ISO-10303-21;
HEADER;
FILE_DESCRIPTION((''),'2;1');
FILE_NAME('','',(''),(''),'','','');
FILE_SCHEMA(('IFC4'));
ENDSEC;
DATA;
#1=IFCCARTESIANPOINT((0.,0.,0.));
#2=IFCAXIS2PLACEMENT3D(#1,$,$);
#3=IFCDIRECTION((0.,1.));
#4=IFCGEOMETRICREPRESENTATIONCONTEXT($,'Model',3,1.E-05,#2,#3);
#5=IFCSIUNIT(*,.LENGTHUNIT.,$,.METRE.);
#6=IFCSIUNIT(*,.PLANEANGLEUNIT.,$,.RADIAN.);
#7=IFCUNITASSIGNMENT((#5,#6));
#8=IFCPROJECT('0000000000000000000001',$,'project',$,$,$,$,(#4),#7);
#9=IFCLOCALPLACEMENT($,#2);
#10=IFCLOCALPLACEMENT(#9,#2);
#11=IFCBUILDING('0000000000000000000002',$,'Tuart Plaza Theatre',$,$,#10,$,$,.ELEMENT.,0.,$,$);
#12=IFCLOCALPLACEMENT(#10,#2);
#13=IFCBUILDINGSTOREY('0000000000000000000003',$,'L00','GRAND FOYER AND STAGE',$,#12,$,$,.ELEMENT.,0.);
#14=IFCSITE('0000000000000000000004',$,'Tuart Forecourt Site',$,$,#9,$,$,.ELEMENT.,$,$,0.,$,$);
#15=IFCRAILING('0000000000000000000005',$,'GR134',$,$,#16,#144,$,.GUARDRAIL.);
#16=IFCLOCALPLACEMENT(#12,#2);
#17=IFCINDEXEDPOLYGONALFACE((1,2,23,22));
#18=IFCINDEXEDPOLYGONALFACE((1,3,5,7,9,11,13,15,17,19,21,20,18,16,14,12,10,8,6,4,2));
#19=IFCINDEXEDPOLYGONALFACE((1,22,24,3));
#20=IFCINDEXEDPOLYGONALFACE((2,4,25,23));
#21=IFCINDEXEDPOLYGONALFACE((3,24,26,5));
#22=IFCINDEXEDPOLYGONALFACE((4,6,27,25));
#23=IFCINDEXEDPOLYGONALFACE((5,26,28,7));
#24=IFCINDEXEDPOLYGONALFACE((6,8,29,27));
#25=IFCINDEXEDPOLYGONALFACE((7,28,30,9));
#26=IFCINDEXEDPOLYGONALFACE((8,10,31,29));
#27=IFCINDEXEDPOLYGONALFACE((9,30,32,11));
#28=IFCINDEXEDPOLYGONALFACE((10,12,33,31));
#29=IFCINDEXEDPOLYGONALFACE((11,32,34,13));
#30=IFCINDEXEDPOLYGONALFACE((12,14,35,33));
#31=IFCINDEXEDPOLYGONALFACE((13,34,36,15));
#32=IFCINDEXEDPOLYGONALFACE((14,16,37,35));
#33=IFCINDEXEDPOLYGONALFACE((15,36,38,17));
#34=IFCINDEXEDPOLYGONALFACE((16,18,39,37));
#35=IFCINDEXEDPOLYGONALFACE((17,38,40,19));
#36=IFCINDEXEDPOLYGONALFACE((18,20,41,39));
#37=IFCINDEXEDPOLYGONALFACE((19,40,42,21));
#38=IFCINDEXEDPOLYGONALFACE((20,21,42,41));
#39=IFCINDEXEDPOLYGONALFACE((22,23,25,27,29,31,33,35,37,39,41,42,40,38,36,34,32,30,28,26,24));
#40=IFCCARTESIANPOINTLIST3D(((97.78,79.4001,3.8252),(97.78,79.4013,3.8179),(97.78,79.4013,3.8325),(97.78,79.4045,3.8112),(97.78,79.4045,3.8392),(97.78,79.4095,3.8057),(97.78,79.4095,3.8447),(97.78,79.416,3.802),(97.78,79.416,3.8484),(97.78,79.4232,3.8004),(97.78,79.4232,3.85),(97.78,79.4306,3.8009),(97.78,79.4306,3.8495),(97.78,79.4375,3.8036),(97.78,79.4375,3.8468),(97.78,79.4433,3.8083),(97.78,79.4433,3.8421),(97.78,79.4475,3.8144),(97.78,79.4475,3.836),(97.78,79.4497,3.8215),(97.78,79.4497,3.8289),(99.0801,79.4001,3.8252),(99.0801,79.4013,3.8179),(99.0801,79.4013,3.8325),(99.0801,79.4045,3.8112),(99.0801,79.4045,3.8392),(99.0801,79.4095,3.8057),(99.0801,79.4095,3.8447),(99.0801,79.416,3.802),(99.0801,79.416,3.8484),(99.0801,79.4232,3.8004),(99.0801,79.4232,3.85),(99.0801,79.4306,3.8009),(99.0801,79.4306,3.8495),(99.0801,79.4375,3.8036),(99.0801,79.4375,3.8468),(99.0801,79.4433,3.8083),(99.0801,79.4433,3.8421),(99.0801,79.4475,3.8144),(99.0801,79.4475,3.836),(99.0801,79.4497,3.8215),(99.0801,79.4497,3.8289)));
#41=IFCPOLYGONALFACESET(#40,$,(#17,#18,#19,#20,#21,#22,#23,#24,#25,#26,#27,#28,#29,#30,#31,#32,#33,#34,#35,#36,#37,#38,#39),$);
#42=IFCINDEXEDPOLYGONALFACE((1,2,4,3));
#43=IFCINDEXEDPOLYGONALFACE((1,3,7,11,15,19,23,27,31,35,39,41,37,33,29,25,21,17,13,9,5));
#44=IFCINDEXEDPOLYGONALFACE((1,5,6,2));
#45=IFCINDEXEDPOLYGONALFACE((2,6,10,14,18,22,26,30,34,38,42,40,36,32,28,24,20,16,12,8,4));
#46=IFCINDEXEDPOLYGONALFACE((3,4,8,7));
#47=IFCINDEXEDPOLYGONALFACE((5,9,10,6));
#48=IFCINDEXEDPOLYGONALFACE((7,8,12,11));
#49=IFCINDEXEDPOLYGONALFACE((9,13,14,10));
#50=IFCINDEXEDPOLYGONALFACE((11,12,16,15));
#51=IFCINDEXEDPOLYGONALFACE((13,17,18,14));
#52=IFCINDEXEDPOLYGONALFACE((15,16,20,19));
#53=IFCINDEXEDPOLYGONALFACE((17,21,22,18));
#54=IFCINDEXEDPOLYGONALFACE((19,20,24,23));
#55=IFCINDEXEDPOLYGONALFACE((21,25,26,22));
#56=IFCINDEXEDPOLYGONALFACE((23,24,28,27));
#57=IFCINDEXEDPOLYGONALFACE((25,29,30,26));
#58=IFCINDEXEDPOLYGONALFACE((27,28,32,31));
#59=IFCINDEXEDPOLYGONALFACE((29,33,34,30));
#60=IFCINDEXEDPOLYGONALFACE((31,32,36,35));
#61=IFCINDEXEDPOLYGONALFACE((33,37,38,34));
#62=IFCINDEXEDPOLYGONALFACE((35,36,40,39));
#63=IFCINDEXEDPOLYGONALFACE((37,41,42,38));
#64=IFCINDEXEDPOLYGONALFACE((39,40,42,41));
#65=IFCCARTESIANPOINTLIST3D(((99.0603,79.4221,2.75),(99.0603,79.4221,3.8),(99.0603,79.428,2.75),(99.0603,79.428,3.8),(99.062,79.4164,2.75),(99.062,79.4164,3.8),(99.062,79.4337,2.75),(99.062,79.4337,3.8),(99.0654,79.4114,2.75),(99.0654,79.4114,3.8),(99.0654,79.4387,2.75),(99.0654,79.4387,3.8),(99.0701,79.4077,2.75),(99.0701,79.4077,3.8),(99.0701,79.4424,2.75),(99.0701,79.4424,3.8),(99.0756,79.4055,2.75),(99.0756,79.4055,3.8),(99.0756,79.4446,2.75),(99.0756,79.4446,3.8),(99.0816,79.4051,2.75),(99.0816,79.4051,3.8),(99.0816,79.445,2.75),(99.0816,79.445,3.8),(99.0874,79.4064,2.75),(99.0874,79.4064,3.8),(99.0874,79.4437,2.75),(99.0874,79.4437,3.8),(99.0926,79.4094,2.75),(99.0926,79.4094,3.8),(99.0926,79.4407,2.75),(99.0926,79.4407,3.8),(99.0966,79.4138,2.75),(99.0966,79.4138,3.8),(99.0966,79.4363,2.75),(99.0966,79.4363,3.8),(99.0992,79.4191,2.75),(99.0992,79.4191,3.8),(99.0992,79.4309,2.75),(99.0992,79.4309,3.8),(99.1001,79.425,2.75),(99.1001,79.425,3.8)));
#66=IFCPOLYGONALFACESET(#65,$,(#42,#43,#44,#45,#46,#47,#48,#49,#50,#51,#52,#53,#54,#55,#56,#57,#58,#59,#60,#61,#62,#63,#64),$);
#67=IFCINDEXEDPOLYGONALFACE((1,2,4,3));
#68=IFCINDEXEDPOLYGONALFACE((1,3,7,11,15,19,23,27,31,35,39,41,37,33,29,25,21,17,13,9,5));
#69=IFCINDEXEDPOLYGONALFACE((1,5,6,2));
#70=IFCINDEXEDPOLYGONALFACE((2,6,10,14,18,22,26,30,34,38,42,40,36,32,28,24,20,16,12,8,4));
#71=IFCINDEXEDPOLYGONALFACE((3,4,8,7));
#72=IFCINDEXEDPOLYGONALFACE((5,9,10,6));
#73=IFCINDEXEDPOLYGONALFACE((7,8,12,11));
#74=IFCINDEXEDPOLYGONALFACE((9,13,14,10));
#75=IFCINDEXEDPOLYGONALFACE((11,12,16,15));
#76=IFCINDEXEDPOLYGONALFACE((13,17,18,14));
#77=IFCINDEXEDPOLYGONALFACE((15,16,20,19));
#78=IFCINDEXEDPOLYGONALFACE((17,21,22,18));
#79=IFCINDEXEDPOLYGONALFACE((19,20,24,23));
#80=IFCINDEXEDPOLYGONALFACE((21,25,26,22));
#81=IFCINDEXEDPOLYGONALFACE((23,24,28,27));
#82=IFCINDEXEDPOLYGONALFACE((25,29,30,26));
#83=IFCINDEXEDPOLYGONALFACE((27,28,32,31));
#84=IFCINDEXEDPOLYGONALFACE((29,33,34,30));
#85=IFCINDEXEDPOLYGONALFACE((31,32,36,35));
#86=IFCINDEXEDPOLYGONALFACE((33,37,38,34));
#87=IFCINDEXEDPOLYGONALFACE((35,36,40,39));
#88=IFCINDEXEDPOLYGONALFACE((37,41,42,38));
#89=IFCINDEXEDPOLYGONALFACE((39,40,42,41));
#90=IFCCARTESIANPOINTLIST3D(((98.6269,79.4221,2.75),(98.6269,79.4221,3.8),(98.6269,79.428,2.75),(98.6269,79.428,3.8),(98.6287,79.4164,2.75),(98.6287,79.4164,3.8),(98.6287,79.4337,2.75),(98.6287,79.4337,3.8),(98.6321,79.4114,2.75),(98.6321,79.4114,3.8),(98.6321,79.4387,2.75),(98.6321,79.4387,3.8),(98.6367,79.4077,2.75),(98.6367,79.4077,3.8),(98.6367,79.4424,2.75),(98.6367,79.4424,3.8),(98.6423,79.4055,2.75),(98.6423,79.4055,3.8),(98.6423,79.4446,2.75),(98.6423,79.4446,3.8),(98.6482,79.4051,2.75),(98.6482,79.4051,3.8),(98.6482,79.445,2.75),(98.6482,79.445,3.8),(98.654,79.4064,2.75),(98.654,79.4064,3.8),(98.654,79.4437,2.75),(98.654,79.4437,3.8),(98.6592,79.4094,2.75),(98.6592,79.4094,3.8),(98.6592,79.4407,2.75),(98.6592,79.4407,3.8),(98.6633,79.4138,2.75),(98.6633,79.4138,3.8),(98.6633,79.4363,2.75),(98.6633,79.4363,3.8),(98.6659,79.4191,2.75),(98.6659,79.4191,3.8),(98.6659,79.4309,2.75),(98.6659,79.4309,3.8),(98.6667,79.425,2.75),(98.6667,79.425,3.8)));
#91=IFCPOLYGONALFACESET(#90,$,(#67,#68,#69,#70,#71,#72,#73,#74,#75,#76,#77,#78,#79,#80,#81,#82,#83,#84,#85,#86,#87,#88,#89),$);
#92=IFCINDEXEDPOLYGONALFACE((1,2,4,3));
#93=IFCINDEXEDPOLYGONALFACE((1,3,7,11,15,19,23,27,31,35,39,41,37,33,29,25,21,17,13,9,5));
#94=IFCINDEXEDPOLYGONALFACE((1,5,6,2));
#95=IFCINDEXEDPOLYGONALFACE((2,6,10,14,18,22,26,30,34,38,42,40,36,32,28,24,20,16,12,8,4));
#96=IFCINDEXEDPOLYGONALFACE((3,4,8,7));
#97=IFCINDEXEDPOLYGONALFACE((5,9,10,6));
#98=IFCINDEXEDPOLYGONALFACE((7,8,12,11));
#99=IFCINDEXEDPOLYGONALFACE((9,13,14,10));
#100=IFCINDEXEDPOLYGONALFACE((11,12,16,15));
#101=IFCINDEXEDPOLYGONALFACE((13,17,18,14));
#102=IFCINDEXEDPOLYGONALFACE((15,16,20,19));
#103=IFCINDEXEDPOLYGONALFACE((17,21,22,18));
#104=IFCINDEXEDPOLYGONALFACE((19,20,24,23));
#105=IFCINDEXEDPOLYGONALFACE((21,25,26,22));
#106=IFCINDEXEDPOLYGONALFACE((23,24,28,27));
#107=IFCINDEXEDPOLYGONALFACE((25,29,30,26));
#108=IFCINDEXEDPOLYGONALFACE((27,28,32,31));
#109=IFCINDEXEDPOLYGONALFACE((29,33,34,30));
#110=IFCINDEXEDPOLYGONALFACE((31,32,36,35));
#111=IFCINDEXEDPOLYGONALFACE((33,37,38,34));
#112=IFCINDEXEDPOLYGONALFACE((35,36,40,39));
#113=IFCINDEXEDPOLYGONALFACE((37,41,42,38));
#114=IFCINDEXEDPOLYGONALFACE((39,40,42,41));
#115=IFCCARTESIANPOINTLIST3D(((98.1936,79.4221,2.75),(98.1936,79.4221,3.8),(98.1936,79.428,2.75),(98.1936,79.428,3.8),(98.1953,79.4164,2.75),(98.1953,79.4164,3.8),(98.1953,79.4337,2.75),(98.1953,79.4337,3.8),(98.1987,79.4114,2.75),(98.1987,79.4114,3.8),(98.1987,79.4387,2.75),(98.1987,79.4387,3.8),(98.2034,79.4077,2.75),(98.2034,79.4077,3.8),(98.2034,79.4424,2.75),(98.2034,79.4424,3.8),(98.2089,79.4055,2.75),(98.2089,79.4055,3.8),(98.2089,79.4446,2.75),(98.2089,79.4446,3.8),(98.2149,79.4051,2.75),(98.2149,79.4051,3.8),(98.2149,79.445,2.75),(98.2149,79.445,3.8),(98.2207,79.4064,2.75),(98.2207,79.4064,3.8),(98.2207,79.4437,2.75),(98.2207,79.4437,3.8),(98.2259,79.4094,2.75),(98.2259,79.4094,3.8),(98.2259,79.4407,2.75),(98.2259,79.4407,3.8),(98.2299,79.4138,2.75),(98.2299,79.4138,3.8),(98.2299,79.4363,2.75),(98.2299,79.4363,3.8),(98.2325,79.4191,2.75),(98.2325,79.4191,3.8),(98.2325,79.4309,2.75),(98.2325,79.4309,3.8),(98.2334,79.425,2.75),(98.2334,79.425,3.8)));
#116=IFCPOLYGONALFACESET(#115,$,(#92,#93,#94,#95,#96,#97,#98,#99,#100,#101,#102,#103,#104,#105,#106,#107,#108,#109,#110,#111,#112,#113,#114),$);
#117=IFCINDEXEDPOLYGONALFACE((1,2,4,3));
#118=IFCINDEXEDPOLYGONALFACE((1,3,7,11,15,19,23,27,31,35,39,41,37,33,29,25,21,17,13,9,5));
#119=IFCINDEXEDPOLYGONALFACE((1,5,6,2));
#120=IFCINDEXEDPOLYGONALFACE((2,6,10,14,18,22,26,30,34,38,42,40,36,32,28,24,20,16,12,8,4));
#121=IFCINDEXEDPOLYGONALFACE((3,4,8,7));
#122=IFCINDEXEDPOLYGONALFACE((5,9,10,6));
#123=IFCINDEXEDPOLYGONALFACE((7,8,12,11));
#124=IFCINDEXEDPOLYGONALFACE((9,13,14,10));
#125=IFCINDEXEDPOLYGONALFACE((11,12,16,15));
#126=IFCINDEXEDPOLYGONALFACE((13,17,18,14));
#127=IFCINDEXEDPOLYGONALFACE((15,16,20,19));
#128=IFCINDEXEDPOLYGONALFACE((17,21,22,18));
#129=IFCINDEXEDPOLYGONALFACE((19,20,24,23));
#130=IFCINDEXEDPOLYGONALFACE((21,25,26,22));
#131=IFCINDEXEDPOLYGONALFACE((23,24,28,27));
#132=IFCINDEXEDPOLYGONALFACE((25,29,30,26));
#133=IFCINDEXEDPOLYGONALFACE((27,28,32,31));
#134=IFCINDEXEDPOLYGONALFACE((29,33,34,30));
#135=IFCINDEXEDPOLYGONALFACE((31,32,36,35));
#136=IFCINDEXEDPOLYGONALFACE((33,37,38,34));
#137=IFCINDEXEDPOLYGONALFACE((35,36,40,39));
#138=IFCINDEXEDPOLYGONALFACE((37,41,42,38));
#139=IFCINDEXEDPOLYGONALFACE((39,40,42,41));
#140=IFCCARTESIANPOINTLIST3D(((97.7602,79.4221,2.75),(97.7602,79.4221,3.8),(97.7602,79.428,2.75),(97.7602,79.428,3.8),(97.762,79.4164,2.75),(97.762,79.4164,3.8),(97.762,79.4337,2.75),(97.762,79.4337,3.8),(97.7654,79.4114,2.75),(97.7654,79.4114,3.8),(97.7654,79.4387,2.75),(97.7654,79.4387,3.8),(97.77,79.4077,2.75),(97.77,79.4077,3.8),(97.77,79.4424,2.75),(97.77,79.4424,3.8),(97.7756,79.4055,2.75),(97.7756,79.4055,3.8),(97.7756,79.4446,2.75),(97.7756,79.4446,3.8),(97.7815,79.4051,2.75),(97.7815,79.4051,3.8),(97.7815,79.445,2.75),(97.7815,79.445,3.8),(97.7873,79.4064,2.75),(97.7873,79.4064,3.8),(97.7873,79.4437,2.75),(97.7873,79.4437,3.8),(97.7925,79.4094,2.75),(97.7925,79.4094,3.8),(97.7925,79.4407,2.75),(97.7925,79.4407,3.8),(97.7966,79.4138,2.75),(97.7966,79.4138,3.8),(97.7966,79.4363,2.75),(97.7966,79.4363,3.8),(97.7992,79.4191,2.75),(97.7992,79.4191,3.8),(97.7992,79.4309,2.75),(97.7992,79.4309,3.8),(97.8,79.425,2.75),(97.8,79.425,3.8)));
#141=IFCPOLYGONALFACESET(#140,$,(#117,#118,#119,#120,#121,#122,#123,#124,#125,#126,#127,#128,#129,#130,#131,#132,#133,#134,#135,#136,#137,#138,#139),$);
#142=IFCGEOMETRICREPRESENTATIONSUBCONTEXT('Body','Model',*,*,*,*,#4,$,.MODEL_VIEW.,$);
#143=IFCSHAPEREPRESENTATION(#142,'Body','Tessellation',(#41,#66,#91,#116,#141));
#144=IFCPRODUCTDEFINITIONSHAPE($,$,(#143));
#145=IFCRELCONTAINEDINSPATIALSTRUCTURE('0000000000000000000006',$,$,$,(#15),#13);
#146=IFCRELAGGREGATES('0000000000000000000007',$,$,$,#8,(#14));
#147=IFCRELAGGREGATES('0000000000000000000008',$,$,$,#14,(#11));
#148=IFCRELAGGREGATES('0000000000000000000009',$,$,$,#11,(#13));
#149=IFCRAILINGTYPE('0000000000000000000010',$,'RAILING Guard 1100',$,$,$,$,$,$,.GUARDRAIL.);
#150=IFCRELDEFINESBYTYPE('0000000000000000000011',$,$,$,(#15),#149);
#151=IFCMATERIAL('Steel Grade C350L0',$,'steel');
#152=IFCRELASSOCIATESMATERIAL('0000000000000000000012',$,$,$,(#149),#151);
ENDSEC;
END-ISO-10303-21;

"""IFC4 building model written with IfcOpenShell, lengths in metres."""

from ifc_helpers import new_model, si_unit, direction, frame, origin, origin_2d, place, context, subcontext, project, spatial, circle, extrude, material, type_object, element, save


model = new_model("IFC4")

# Units and contexts
model_context = context("Model", 3, precision=1e-05, world=origin(), true_north=direction((0.0, 1.0)))
body_context = subcontext(model_context, "Body", "Model", "MODEL_VIEW")
ifc_project = project(units=[si_unit("LENGTHUNIT", "METRE"), si_unit("PLANEANGLEUNIT", "RADIAN")], contexts=[model_context])

# Site, building, storey
site_placement = place(None, origin())
site = spatial("IfcSite", under=ifc_project, at=site_placement, Name="Tuart Forecourt Site", CompositionType="ELEMENT", RefElevation=0.0)
building_placement = place(site_placement, origin())
building = spatial("IfcBuilding", under=site, at=building_placement, Name="Tuart Plaza Theatre", CompositionType="ELEMENT", ElevationOfRefHeight=0.0)
storey_placement = place(building_placement, origin())
storey = spatial("IfcBuildingStorey", under=building, at=storey_placement, Name="L00", Description="GRAND FOYER AND STAGE", CompositionType="ELEMENT", Elevation=0.0)

# Railing
ifc_material_1 = material(Name="Steel Grade C350L0", Category="steel")
railing_type = type_object("IfcRailingType", Name="RAILING Guard 1100", PredefinedType="GUARDRAIL", material=ifc_material_1)
railing_placement = place(storey_placement, frame((99.0801, 79.425, 2.75)))
element("IfcRailing", 1, at=railing_placement, inside=storey, type_object=railing_type, Name="GR134", PredefinedType="GUARDRAIL", context=body_context, shape_type="SweptSolid", body=[
    extrude(circle(Radius=0.0249, at=origin_2d()), frame((0.0, 0.0, 1.0752), z_axis=(-1.0, 0.0, 0.0), x_axis=(0.0, -1.0, 0.0)), (0.0, 0.0, 1.0), 1.3),
    extrude(circle(Radius=0.02, at=origin_2d()), origin(), (0.0, 0.0, 1.0), 1.05),
    extrude(circle(Radius=0.02, at=origin_2d()), frame((-0.4333, 0.0, 0.0)), (0.0, 0.0, 1.0), 1.05),
    extrude(circle(Radius=0.02, at=origin_2d()), frame((-0.8667, 0.0, 0.0)), (0.0, 0.0, 1.0), 1.05),
    extrude(circle(Radius=0.02, at=origin_2d()), frame((-1.3, 0.0, 0.0)), (0.0, 0.0, 1.0), 1.05),
])

save(model, "model.ifc")
